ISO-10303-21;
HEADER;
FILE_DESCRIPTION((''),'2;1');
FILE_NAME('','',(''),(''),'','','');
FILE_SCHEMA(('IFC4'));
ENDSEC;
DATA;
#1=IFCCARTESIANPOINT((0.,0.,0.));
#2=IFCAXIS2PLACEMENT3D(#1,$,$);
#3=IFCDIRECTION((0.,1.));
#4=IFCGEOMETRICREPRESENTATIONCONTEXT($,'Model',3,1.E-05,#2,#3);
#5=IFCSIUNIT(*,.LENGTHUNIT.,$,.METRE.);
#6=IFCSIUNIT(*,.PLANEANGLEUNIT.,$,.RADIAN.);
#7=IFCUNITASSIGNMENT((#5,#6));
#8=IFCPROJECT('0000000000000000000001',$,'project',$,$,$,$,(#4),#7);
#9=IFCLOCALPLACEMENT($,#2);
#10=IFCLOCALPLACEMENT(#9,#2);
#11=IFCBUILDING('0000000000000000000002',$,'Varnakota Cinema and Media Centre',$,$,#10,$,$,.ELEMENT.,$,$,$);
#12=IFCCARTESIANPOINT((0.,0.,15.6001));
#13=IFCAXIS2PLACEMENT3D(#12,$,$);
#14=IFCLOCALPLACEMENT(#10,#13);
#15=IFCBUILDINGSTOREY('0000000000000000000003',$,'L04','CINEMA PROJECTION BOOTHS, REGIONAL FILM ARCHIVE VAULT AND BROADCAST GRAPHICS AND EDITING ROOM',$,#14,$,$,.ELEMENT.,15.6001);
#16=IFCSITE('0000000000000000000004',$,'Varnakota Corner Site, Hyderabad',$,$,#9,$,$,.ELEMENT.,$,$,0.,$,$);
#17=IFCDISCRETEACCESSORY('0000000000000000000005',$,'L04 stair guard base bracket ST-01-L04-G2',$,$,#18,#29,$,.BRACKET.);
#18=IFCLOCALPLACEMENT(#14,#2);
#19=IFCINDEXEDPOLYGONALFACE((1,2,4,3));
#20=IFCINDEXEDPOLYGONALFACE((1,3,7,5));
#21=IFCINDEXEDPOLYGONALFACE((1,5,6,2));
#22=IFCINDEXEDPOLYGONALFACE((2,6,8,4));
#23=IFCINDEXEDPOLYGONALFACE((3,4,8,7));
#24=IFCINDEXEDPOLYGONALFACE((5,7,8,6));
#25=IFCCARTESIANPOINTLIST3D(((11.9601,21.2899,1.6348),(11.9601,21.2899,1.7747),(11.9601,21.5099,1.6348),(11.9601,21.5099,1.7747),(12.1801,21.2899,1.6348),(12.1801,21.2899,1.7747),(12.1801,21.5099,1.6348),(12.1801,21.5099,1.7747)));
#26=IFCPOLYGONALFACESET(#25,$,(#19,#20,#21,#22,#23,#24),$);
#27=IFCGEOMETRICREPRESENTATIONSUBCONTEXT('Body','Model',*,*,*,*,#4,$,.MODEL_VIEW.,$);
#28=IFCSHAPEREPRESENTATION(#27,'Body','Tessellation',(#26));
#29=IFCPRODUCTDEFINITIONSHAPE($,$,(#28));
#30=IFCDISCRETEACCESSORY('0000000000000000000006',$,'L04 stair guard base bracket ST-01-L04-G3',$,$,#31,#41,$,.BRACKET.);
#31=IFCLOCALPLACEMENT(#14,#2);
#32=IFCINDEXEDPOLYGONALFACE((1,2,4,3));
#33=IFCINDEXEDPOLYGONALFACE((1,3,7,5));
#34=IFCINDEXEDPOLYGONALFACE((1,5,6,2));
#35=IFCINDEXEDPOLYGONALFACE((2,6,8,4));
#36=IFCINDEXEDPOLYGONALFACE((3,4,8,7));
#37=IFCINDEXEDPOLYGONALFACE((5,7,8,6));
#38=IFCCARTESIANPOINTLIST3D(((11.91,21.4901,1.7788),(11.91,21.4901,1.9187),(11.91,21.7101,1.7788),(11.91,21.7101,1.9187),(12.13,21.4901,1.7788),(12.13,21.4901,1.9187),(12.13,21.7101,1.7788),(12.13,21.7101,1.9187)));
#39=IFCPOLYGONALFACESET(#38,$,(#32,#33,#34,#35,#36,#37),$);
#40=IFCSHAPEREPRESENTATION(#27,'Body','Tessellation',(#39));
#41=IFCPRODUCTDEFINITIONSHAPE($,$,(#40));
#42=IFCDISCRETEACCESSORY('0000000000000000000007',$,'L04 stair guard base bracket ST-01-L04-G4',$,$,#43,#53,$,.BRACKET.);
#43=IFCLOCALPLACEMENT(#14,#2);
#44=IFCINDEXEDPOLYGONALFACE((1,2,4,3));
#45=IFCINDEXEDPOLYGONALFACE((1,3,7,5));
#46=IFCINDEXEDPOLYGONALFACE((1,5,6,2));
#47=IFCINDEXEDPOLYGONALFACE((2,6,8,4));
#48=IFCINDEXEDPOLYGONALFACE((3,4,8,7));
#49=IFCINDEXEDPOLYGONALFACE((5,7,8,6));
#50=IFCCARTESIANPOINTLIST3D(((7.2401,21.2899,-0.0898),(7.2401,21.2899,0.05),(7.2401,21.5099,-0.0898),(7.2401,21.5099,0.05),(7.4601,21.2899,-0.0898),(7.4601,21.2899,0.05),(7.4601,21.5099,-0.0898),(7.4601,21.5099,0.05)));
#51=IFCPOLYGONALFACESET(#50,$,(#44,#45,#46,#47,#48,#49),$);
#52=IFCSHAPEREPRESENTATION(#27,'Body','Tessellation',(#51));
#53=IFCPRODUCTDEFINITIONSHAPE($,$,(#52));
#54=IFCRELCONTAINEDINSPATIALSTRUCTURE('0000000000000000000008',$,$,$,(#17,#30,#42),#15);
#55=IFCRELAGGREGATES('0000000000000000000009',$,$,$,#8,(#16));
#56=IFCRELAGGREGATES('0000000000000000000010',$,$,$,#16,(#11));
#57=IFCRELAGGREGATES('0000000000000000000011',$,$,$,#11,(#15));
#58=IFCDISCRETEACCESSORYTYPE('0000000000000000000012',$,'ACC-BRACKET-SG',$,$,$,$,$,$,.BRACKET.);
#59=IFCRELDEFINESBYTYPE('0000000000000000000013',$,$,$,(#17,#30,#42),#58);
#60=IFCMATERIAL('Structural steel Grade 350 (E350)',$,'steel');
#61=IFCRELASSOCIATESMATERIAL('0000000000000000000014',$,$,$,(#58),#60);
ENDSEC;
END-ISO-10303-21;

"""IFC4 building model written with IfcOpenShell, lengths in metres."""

from ifc_helpers import new_model, si_unit, direction, frame, origin, origin_2d, place, context, subcontext, project, spatial, rectangle, extrude, material, type_object, element, save


model = new_model("IFC4")

# Units and contexts
model_context = context("Model", 3, precision=1e-05, world=origin(), true_north=direction((0.0, 1.0)))
body_context = subcontext(model_context, "Body", "Model", "MODEL_VIEW")
ifc_project = project(units=[si_unit("LENGTHUNIT", "METRE"), si_unit("PLANEANGLEUNIT", "RADIAN")], contexts=[model_context])

# Site, building, storey
site_placement = place(None, origin())
site = spatial("IfcSite", under=ifc_project, at=site_placement, Name="Varnakota Corner Site, Hyderabad", CompositionType="ELEMENT", RefElevation=0.0)
building_placement = place(site_placement, origin())
building = spatial("IfcBuilding", under=site, at=building_placement, Name="Varnakota Cinema and Media Centre", CompositionType="ELEMENT")
storey_placement = place(building_placement, frame((0.0, 0.0, 15.6001)))
storey = spatial("IfcBuildingStorey", under=building, at=storey_placement, Name="L04", Description="CINEMA PROJECTION BOOTHS, REGIONAL FILM ARCHIVE VAULT AND BROADCAST GRAPHICS AND EDITING ROOM", CompositionType="ELEMENT", Elevation=15.6001)

# Discrete accessories
ifc_material_1 = material(Name="Structural steel Grade 350 (E350)", Category="steel")
discrete_accessory_type = type_object("IfcDiscreteAccessoryType", Name="ACC-BRACKET-SG", PredefinedType="BRACKET", material=ifc_material_1)
for number, where, z_axis, x_axis, name in (
    (1, (12.0701, 21.3999, 1.6348), (0.0, 0.0, 1.0), (1.0, 0.0, 0.0), "L04 stair guard base bracket ST-01-L04-G2"),
    (2, (12.02, 21.6001, 1.7788), (0.0, 0.0, 1.0), (1.0, 0.0, 0.0), "L04 stair guard base bracket ST-01-L04-G3"),
    (3, (7.3501, 21.3999, -0.0898), (0.0, 0.0, 1.0), (1.0, 0.0, 0.0), "L04 stair guard base bracket ST-01-L04-G4"),
):
    element("IfcDiscreteAccessory", number, at=place(storey_placement, frame(where, z_axis=z_axis, x_axis=x_axis)), inside=storey, type_object=discrete_accessory_type, Name=name, PredefinedType="BRACKET", context=body_context, shape_type="SweptSolid", body=[
        extrude(rectangle(XDim=0.22, YDim=0.22, at=origin_2d()), origin(), (0.0, 0.0, 1.0), 0.1399),
    ])

save(model, "model.ifc")
